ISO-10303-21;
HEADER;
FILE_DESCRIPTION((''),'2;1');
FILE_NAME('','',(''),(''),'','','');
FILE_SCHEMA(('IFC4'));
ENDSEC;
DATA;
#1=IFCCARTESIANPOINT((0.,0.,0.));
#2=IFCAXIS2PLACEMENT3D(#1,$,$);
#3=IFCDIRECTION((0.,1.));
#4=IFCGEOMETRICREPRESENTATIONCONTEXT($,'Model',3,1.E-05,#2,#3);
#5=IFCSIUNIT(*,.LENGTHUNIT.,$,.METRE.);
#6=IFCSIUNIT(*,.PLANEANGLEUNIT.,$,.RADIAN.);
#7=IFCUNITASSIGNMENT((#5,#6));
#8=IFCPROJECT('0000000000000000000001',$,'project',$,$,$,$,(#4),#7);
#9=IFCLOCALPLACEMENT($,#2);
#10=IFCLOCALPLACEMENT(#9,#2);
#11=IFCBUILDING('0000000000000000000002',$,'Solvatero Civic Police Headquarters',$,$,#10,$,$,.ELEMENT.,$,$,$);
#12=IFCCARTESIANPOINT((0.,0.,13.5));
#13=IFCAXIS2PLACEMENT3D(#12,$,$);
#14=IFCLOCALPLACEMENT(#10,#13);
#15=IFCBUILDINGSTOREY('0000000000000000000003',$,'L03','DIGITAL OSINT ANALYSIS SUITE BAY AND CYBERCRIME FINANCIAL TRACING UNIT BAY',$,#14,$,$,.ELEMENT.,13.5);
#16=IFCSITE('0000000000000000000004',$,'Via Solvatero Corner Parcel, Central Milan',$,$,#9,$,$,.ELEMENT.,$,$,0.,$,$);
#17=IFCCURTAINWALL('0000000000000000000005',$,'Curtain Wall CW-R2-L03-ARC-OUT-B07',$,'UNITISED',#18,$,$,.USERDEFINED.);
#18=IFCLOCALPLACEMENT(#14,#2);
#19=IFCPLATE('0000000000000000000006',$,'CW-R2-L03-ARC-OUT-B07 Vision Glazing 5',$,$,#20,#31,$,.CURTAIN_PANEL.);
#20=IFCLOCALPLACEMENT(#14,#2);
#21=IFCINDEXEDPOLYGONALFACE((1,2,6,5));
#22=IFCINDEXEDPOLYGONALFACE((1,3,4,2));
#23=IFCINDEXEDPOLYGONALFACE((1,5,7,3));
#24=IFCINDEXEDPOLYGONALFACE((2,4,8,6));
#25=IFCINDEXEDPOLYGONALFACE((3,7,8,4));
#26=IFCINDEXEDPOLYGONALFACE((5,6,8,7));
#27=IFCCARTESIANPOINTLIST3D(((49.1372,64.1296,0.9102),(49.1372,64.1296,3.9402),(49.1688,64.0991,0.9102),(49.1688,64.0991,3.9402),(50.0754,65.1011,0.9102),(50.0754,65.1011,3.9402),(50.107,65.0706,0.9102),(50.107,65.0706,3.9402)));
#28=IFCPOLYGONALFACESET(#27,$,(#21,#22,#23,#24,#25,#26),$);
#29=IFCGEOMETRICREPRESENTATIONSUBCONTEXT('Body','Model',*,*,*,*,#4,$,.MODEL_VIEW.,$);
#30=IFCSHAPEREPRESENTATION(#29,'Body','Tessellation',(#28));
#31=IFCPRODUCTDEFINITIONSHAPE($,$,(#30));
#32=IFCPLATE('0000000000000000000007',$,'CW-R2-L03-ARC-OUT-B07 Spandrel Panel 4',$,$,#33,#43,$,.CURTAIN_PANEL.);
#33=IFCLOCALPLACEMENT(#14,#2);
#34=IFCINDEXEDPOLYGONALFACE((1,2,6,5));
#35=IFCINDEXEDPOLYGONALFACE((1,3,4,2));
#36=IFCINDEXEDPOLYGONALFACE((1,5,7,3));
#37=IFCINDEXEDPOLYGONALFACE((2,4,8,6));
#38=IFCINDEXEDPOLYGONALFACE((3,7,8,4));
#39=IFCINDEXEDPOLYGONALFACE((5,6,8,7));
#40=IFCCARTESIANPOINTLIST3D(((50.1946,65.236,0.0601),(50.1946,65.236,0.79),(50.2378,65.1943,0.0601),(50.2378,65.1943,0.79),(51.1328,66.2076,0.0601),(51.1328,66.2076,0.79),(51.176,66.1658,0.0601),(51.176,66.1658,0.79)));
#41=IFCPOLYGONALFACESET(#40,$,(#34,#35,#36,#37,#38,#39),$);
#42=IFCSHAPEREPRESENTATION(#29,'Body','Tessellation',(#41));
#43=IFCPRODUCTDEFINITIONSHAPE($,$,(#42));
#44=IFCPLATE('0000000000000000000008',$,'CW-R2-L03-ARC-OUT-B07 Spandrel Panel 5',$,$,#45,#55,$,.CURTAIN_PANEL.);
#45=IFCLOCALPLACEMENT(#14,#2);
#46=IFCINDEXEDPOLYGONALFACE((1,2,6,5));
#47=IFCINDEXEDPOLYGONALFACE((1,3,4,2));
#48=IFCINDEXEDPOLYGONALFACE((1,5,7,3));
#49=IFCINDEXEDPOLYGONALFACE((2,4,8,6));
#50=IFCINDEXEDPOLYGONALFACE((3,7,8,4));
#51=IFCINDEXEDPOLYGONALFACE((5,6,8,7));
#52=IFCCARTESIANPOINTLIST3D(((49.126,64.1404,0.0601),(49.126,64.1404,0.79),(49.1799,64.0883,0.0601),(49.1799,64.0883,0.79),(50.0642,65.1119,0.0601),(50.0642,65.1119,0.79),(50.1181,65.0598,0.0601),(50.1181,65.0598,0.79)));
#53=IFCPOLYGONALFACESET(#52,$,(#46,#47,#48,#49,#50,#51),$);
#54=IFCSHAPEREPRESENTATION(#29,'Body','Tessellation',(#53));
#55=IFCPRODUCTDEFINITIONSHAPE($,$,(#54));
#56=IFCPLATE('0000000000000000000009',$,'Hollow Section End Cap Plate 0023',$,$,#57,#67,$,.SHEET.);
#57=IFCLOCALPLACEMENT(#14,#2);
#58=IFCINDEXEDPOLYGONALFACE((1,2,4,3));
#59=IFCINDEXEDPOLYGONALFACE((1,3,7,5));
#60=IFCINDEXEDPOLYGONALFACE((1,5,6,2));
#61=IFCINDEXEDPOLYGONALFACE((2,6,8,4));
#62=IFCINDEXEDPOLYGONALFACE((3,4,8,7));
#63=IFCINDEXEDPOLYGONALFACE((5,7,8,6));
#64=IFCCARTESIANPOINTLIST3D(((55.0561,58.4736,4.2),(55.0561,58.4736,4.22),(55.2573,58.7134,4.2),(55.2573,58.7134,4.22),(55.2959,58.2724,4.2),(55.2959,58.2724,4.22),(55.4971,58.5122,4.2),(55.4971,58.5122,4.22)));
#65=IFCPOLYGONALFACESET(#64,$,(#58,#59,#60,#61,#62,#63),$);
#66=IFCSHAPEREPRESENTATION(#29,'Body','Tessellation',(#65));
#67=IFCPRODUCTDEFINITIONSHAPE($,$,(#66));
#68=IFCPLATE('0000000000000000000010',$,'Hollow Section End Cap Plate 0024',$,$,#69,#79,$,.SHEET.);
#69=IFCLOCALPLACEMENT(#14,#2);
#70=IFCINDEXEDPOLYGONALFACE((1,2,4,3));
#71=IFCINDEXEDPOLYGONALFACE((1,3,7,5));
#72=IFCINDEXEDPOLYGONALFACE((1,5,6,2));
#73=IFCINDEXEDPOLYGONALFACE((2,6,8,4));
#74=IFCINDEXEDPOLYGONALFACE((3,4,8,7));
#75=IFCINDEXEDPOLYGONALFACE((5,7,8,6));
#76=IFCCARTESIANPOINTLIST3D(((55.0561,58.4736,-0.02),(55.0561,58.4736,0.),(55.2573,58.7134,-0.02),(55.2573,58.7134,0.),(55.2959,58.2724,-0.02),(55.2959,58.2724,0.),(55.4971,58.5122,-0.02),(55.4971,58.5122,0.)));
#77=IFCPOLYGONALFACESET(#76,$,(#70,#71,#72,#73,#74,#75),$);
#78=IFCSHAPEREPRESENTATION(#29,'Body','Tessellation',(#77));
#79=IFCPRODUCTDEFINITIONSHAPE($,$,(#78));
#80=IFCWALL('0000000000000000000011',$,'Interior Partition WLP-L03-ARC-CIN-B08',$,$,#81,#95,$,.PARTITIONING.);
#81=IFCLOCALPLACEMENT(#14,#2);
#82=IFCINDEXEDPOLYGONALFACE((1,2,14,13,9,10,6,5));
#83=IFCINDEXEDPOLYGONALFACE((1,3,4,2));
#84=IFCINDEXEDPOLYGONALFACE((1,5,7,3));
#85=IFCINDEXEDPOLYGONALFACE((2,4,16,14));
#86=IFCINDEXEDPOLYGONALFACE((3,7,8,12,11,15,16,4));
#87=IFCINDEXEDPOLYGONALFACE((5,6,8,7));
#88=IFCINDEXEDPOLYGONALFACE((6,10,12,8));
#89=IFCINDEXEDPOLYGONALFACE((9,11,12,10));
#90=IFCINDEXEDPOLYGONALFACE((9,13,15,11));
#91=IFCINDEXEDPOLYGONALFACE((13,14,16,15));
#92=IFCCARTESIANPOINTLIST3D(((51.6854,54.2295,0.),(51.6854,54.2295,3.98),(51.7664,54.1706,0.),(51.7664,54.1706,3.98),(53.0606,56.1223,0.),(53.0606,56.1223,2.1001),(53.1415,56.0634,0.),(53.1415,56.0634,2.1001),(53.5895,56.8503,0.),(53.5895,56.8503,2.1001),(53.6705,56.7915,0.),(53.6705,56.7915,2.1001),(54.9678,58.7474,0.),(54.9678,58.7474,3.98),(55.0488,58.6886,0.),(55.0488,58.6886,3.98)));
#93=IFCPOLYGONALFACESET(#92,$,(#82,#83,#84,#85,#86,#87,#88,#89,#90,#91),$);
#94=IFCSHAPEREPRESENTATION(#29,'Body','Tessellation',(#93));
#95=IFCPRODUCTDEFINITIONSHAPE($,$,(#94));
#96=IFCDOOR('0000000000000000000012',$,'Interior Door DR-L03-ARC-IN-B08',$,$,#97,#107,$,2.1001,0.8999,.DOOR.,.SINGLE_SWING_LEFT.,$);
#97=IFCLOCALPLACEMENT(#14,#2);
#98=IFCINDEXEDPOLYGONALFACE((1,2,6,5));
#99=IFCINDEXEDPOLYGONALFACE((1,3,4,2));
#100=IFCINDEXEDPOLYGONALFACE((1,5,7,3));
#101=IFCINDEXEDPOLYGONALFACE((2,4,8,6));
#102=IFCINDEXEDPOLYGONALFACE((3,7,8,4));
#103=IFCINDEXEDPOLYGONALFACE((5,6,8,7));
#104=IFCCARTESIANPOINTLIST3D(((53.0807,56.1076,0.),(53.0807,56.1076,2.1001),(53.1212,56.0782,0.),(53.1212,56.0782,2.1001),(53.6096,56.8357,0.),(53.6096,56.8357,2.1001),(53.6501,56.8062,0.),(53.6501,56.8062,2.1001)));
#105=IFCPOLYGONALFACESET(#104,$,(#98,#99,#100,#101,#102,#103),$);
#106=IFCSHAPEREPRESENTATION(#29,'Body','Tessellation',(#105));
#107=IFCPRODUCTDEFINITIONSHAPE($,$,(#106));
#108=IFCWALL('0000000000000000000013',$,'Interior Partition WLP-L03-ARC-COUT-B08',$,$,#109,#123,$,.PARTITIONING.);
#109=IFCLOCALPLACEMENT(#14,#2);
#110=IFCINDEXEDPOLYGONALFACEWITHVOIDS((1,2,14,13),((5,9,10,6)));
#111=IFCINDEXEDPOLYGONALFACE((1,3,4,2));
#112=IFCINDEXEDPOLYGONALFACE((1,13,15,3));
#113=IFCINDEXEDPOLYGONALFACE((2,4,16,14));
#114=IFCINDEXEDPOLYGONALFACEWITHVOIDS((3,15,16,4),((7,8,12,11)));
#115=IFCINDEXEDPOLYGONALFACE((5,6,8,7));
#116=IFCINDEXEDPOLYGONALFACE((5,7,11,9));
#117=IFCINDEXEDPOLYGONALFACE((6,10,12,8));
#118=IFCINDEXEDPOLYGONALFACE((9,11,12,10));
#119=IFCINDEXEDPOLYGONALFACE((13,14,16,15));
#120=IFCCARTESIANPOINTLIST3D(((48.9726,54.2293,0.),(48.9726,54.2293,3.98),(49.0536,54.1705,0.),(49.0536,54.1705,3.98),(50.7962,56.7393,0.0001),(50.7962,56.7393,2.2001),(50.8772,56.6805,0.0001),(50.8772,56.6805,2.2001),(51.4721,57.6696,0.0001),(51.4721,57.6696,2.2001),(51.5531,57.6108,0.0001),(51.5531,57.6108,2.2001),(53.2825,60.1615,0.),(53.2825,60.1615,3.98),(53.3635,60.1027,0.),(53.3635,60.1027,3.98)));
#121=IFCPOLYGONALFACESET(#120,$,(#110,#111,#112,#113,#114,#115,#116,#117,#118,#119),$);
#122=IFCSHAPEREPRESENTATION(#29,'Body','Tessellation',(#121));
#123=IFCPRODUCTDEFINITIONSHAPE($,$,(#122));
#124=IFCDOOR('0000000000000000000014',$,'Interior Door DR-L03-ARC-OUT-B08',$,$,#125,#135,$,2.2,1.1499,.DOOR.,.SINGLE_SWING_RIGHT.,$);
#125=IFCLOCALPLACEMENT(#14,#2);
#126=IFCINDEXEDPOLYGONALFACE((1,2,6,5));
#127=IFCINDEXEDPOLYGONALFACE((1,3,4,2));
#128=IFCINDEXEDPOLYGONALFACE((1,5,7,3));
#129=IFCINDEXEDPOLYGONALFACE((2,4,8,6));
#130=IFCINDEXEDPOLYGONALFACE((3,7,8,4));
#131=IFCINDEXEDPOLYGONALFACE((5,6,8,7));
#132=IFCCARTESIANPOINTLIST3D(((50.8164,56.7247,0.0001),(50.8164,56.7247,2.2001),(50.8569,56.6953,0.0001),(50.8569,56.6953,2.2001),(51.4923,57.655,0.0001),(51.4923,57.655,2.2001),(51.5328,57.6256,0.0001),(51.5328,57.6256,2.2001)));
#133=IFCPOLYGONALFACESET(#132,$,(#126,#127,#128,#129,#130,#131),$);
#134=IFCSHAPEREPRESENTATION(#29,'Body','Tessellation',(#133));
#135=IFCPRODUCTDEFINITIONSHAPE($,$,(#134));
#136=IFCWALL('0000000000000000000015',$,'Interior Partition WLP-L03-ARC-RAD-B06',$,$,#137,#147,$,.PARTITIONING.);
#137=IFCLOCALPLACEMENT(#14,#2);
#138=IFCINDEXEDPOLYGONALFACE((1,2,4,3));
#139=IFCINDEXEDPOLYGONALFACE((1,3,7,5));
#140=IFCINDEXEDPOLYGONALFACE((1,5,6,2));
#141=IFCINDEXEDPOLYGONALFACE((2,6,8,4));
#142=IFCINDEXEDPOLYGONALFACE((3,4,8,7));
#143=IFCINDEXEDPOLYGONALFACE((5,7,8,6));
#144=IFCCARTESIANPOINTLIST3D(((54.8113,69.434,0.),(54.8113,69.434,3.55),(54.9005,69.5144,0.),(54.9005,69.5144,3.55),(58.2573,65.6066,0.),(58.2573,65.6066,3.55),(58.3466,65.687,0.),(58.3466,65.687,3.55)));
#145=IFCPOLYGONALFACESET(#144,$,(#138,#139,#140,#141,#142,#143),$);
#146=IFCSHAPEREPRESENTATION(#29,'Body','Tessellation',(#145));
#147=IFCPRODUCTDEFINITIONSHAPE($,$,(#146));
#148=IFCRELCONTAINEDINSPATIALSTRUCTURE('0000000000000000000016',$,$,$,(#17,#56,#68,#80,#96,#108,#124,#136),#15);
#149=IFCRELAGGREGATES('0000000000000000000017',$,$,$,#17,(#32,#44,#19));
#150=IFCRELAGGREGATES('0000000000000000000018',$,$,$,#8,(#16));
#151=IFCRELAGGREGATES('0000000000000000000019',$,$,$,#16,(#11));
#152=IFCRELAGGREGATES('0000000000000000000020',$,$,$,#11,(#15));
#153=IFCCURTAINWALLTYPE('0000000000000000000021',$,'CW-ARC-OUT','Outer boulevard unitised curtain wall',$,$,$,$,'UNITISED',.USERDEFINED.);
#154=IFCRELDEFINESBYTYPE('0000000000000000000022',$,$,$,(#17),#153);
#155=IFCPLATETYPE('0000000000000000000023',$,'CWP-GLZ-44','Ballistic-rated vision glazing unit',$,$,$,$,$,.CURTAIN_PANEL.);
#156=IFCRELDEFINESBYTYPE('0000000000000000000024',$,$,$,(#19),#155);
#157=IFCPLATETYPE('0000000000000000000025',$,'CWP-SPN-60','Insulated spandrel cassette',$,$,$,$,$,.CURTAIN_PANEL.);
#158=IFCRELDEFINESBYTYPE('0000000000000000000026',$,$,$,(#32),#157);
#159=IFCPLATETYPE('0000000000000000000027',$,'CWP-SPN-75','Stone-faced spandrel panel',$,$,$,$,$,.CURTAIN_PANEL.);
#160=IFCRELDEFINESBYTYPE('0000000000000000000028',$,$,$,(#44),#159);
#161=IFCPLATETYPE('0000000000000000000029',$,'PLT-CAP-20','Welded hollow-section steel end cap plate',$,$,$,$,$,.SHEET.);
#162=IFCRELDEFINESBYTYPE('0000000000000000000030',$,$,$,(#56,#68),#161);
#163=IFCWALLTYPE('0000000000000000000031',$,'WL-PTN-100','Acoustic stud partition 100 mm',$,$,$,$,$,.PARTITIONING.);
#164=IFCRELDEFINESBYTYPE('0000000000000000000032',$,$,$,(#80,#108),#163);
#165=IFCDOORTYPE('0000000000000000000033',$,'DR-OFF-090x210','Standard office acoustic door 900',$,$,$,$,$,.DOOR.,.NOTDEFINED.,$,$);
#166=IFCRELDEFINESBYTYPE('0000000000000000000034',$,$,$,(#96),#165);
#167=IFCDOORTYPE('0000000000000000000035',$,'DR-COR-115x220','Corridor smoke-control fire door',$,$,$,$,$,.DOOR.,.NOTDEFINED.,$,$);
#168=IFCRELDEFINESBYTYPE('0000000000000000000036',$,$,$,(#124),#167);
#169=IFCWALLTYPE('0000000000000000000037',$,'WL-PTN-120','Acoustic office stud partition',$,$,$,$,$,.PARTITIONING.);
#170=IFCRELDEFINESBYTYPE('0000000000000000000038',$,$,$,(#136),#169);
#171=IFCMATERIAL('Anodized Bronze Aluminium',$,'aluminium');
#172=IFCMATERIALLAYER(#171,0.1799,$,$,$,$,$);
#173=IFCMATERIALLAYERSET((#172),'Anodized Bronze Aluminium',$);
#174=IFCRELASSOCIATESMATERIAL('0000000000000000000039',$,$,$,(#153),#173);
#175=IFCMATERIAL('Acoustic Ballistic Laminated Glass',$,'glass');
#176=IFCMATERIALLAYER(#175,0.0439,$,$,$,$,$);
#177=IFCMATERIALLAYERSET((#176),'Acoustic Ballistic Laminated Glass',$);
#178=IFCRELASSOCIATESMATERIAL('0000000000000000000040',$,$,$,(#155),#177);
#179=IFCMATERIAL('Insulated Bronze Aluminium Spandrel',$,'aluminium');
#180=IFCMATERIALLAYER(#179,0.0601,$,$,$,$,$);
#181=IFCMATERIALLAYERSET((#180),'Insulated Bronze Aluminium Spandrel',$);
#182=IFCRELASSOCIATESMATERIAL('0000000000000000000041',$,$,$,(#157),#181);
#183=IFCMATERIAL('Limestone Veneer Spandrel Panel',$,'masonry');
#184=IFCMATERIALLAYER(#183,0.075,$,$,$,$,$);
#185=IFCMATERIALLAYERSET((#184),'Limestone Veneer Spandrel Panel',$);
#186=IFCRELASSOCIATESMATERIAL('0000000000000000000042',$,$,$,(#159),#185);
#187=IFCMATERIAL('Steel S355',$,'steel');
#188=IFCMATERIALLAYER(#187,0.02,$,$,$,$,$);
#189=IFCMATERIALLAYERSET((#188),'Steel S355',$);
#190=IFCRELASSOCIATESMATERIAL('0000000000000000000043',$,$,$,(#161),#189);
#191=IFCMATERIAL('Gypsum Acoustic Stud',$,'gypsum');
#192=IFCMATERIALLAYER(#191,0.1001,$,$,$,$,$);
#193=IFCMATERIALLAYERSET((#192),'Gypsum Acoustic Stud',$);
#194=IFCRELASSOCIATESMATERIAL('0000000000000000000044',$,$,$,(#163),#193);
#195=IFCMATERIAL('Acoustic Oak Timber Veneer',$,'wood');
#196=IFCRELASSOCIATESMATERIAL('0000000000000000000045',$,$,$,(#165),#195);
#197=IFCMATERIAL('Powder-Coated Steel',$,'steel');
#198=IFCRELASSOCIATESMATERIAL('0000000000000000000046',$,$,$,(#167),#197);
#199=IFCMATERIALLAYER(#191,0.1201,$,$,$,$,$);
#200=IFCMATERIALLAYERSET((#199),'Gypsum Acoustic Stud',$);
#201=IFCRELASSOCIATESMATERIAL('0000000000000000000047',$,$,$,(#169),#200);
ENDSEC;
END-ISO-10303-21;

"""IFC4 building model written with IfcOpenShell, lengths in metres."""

from ifc_helpers import new_model, si_unit, direction, frame, frame_2d, origin, origin_2d, place, context, subcontext, project, spatial, rectangle, extrude, material, layer, layer_set, type_object, element, fill, aggregate, save


model = new_model("IFC4")

# Units and contexts
model_context = context("Model", 3, precision=1e-05, world=origin(), true_north=direction((0.0, 1.0)))
body_context = subcontext(model_context, "Body", "Model", "MODEL_VIEW")
ifc_project = project(units=[si_unit("LENGTHUNIT", "METRE"), si_unit("PLANEANGLEUNIT", "RADIAN")], contexts=[model_context])

# Site, building, storey
site_placement = place(None, origin())
site = spatial("IfcSite", under=ifc_project, at=site_placement, Name="Via Solvatero Corner Parcel, Central Milan", CompositionType="ELEMENT", RefElevation=0.0)
building_placement = place(site_placement, origin())
building = spatial("IfcBuilding", under=site, at=building_placement, Name="Solvatero Civic Police Headquarters", CompositionType="ELEMENT")
storey_placement = place(building_placement, frame((0.0, 0.0, 13.5)))
storey = spatial("IfcBuildingStorey", under=building, at=storey_placement, Name="L03", Description="DIGITAL OSINT ANALYSIS SUITE BAY AND CYBERCRIME FINANCIAL TRACING UNIT BAY", CompositionType="ELEMENT", Elevation=13.5)

# Shared definitions
ifc_material_1 = material(Name="Steel S355", Category="steel")

# Curtain wall, plates
ifc_material_2 = material(Name="Anodized Bronze Aluminium", Category="aluminium")
ifc_layer_1 = layer(ifc_material_2, 0.1799)
ifc_layer_set_1 = layer_set([ifc_layer_1], Name="Anodized Bronze Aluminium")
curtain_wall_type = type_object("IfcCurtainWallType", Name="CW-ARC-OUT", Description="Outer boulevard unitised curtain wall", ElementType="UNITISED", PredefinedType="USERDEFINED", material=ifc_layer_set_1)
curtain_wall_placement = place(storey_placement, origin())
curtain_wall = element("IfcCurtainWall", 1, at=curtain_wall_placement, inside=storey, type_object=curtain_wall_type, Name="Curtain Wall CW-R2-L03-ARC-OUT-B07", ObjectType="UNITISED", PredefinedType="USERDEFINED")
ifc_material_3 = material(Name="Acoustic Ballistic Laminated Glass", Category="glass")
ifc_layer_2 = layer(ifc_material_3, 0.0439)
ifc_layer_set_2 = layer_set([ifc_layer_2], Name="Acoustic Ballistic Laminated Glass")
plate_type_1 = type_object("IfcPlateType", Name="CWP-GLZ-44", Description="Ballistic-rated vision glazing unit", PredefinedType="CURTAIN_PANEL", material=ifc_layer_set_2)
plate_1_placement = place(storey_placement, frame((49.6221, 64.6001, 0.9102), z_axis=(0.0, 0.0, 1.0), x_axis=(-0.694646, -0.719352, 0.0)))
plate_1 = element("IfcPlate", 2, at=plate_1_placement, type_object=plate_type_1, Name="CW-R2-L03-ARC-OUT-B07 Vision Glazing 5", PredefinedType="CURTAIN_PANEL", context=body_context, shape_type="SweptSolid", body=[
    extrude(rectangle(XDim=1.3506, YDim=0.0439, at=origin_2d()), origin(), (0.0, 0.0, 1.0), 3.03),
])
ifc_material_4 = material(Name="Insulated Bronze Aluminium Spandrel", Category="aluminium")
ifc_layer_3 = layer(ifc_material_4, 0.0601)
ifc_layer_set_3 = layer_set([ifc_layer_3], Name="Insulated Bronze Aluminium Spandrel")
plate_type_2 = type_object("IfcPlateType", Name="CWP-SPN-60", Description="Insulated spandrel cassette", PredefinedType="CURTAIN_PANEL", material=ifc_layer_set_3)
plate_2_placement = place(storey_placement, frame((50.6853, 65.7009, 0.0601), z_axis=(0.0, 0.0, 1.0), x_axis=(-0.694646, -0.719352, 0.0)))
plate_2 = element("IfcPlate", 3, at=plate_2_placement, type_object=plate_type_2, Name="CW-R2-L03-ARC-OUT-B07 Spandrel Panel 4", PredefinedType="CURTAIN_PANEL", context=body_context, shape_type="SweptSolid", body=[
    extrude(rectangle(XDim=1.3506, YDim=0.0601, at=origin_2d()), origin(), (0.0, 0.0, 1.0), 0.73),
])
ifc_material_5 = material(Name="Limestone Veneer Spandrel Panel", Category="masonry")
ifc_layer_4 = layer(ifc_material_5, 0.075)
ifc_layer_set_4 = layer_set([ifc_layer_4], Name="Limestone Veneer Spandrel Panel")
plate_type_3 = type_object("IfcPlateType", Name="CWP-SPN-75", Description="Stone-faced spandrel panel", PredefinedType="CURTAIN_PANEL", material=ifc_layer_set_4)
plate_3_placement = place(storey_placement, frame((49.6221, 64.6001, 0.0601), z_axis=(0.0, 0.0, 1.0), x_axis=(-0.694646, -0.719352, 0.0)))
plate_3 = element("IfcPlate", 4, at=plate_3_placement, type_object=plate_type_3, Name="CW-R2-L03-ARC-OUT-B07 Spandrel Panel 5", PredefinedType="CURTAIN_PANEL", context=body_context, shape_type="SweptSolid", body=[
    extrude(rectangle(XDim=1.3506, YDim=0.075, at=origin_2d()), origin(), (0.0, 0.0, 1.0), 0.73),
])
aggregate(curtain_wall, [plate_2, plate_3, plate_1])

# Plates
ifc_layer_5 = layer(ifc_material_1, 0.02)
ifc_layer_set_5 = layer_set([ifc_layer_5], Name="Steel S355")
plate_type_4 = type_object("IfcPlateType", Name="PLT-CAP-20", Description="Welded hollow-section steel end cap plate", PredefinedType="SHEET", material=ifc_layer_set_5)
for number, where, z_axis, x_axis, name in (
    (5, (55.2766, 58.4929, 4.2), (0.0, 0.0, 1.0), (0.642788, 0.766044, 0.0), "Hollow Section End Cap Plate 0023"),
    (6, (55.2766, 58.4929, -0.02), (0.0, 0.0, 1.0), (0.642788, 0.766044, 0.0), "Hollow Section End Cap Plate 0024"),
):
    element("IfcPlate", number, at=place(storey_placement, frame(where, z_axis=z_axis, x_axis=x_axis)), inside=storey, type_object=plate_type_4, Name=name, PredefinedType="SHEET", context=body_context, shape_type="SweptSolid", body=[
        extrude(rectangle(XDim=0.313, YDim=0.313, at=origin_2d()), origin(), (0.0, 0.0, 1.0), 0.02),
    ])

# Walls, openings, doors
ifc_material_6 = material(Name="Gypsum Acoustic Stud", Category="gypsum")
ifc_layer_6 = layer(ifc_material_6, 0.1001)
ifc_layer_set_6 = layer_set([ifc_layer_6], Name="Gypsum Acoustic Stud")
wall_type_1 = type_object("IfcWallType", Name="WL-PTN-100", Description="Acoustic stud partition 100 mm", PredefinedType="PARTITIONING", material=ifc_layer_set_6)
wall_1_placement = place(storey_placement, frame((55.0083, 58.718, 0.0), z_axis=(0.0, 0.0, 1.0), x_axis=(-0.587774, -0.809025, 0.0)))
wall_1 = element("IfcWall", 7, at=wall_1_placement, inside=storey, type_object=wall_type_1, Name="Interior Partition WLP-L03-ARC-CIN-B08", PredefinedType="PARTITIONING", context=body_context, shape_type="SweptSolid", body=[
    extrude(rectangle(XDim=5.5845, YDim=0.1001, at=frame_2d((2.7922, 0.0))), origin(), (0.0, 0.0, 1.0), 3.98),
])
opening_1_placement = place(wall_1_placement, frame((2.345, 0.0, 0.0)))
opening_1 = element("IfcOpeningElement", 8, at=opening_1_placement, cuts=wall_1, PredefinedType="OPENING", context=body_context, shape_type="SweptSolid", body=[
    extrude(rectangle(XDim=0.8999, YDim=2.1001, at=frame_2d((0.45, 1.05))), frame((0.0, 0.0601, 0.0), z_axis=(0.0, -1.0, 0.0), x_axis=(1.0, 0.0, 0.0)), (0.0, 0.0, 1.0), 0.1201),
])
ifc_material_7 = material(Name="Acoustic Oak Timber Veneer", Category="wood")
door_type_1 = type_object("IfcDoorType", Name="DR-OFF-090x210", Description="Standard office acoustic door 900", OperationType="NOTDEFINED", PredefinedType="DOOR", material=ifc_material_7)
door_1_placement = place(opening_1_placement, origin())
door_1 = element("IfcDoor", 9, at=door_1_placement, inside=storey, type_object=door_type_1, Name="Interior Door DR-L03-ARC-IN-B08", OperationType="SINGLE_SWING_LEFT", OverallHeight=2.1001, OverallWidth=0.8999, PredefinedType="DOOR", context=body_context, shape_type="SweptSolid", body=[
    extrude(rectangle(XDim=0.8999, YDim=2.1001, at=frame_2d((0.45, 1.05))), frame((0.0, 0.0249, 0.0), z_axis=(0.0, -1.0, 0.0), x_axis=(1.0, 0.0, 0.0)), (0.0, 0.0, 1.0), 0.05),
])
fill(opening_1, door_1)
wall_2_placement = place(storey_placement, frame((53.323, 60.1321, 0.0), z_axis=(0.0, 0.0, 1.0), x_axis=(-0.587774, -0.809025, 0.0)))
wall_2 = element("IfcWall", 10, at=wall_2_placement, inside=storey, type_object=wall_type_1, Name="Interior Partition WLP-L03-ARC-COUT-B08", PredefinedType="PARTITIONING", context=body_context, shape_type="SweptSolid", body=[
    extrude(rectangle(XDim=7.3325, YDim=0.1001, at=frame_2d((3.6663, 0.0))), origin(), (0.0, 0.0, 1.0), 3.98),
])
opening_2_placement = place(wall_2_placement, frame((3.0801, 0.0, 0.0)))
opening_2 = element("IfcOpeningElement", 11, at=opening_2_placement, cuts=wall_2, PredefinedType="OPENING", context=body_context, shape_type="SweptSolid", body=[
    extrude(rectangle(XDim=1.1499, YDim=2.2, at=frame_2d((0.575, 1.1001))), frame((0.0, 0.0601, 0.0), z_axis=(0.0, -1.0, 0.0), x_axis=(1.0, 0.0, 0.0)), (0.0, 0.0, 1.0), 0.1201),
])
ifc_material_8 = material(Name="Powder-Coated Steel", Category="steel")
door_type_2 = type_object("IfcDoorType", Name="DR-COR-115x220", Description="Corridor smoke-control fire door", OperationType="NOTDEFINED", PredefinedType="DOOR", material=ifc_material_8)
door_2_placement = place(opening_2_placement, origin())
door_2 = element("IfcDoor", 12, at=door_2_placement, inside=storey, type_object=door_type_2, Name="Interior Door DR-L03-ARC-OUT-B08", OperationType="SINGLE_SWING_RIGHT", OverallHeight=2.2, OverallWidth=1.1499, PredefinedType="DOOR", context=body_context, shape_type="SweptSolid", body=[
    extrude(rectangle(XDim=1.1499, YDim=2.2, at=frame_2d((0.575, 1.1001))), frame((0.0, 0.0249, 0.0), z_axis=(0.0, -1.0, 0.0), x_axis=(1.0, 0.0, 0.0)), (0.0, 0.0, 1.0), 0.05),
])
fill(opening_2, door_2)

# Wall
ifc_layer_7 = layer(ifc_material_6, 0.1201)
ifc_layer_set_7 = layer_set([ifc_layer_7], Name="Gypsum Acoustic Stud")
wall_type_2 = type_object("IfcWallType", Name="WL-PTN-120", Description="Acoustic office stud partition", PredefinedType="PARTITIONING", material=ifc_layer_set_7)
wall_3_placement = place(storey_placement, frame((58.302, 65.6467, 0.0), z_axis=(0.0, 0.0, 1.0), x_axis=(-0.669114, 0.74316, 0.0)))
element("IfcWall", 13, at=wall_3_placement, inside=storey, type_object=wall_type_2, Name="Interior Partition WLP-L03-ARC-RAD-B06", PredefinedType="PARTITIONING", context=body_context, shape_type="SweptSolid", body=[
    extrude(rectangle(XDim=5.1501, YDim=0.1201, at=frame_2d((2.5752, 0.0))), origin(), (0.0, 0.0, 1.0), 3.55),
])

save(model, "model.ifc")
